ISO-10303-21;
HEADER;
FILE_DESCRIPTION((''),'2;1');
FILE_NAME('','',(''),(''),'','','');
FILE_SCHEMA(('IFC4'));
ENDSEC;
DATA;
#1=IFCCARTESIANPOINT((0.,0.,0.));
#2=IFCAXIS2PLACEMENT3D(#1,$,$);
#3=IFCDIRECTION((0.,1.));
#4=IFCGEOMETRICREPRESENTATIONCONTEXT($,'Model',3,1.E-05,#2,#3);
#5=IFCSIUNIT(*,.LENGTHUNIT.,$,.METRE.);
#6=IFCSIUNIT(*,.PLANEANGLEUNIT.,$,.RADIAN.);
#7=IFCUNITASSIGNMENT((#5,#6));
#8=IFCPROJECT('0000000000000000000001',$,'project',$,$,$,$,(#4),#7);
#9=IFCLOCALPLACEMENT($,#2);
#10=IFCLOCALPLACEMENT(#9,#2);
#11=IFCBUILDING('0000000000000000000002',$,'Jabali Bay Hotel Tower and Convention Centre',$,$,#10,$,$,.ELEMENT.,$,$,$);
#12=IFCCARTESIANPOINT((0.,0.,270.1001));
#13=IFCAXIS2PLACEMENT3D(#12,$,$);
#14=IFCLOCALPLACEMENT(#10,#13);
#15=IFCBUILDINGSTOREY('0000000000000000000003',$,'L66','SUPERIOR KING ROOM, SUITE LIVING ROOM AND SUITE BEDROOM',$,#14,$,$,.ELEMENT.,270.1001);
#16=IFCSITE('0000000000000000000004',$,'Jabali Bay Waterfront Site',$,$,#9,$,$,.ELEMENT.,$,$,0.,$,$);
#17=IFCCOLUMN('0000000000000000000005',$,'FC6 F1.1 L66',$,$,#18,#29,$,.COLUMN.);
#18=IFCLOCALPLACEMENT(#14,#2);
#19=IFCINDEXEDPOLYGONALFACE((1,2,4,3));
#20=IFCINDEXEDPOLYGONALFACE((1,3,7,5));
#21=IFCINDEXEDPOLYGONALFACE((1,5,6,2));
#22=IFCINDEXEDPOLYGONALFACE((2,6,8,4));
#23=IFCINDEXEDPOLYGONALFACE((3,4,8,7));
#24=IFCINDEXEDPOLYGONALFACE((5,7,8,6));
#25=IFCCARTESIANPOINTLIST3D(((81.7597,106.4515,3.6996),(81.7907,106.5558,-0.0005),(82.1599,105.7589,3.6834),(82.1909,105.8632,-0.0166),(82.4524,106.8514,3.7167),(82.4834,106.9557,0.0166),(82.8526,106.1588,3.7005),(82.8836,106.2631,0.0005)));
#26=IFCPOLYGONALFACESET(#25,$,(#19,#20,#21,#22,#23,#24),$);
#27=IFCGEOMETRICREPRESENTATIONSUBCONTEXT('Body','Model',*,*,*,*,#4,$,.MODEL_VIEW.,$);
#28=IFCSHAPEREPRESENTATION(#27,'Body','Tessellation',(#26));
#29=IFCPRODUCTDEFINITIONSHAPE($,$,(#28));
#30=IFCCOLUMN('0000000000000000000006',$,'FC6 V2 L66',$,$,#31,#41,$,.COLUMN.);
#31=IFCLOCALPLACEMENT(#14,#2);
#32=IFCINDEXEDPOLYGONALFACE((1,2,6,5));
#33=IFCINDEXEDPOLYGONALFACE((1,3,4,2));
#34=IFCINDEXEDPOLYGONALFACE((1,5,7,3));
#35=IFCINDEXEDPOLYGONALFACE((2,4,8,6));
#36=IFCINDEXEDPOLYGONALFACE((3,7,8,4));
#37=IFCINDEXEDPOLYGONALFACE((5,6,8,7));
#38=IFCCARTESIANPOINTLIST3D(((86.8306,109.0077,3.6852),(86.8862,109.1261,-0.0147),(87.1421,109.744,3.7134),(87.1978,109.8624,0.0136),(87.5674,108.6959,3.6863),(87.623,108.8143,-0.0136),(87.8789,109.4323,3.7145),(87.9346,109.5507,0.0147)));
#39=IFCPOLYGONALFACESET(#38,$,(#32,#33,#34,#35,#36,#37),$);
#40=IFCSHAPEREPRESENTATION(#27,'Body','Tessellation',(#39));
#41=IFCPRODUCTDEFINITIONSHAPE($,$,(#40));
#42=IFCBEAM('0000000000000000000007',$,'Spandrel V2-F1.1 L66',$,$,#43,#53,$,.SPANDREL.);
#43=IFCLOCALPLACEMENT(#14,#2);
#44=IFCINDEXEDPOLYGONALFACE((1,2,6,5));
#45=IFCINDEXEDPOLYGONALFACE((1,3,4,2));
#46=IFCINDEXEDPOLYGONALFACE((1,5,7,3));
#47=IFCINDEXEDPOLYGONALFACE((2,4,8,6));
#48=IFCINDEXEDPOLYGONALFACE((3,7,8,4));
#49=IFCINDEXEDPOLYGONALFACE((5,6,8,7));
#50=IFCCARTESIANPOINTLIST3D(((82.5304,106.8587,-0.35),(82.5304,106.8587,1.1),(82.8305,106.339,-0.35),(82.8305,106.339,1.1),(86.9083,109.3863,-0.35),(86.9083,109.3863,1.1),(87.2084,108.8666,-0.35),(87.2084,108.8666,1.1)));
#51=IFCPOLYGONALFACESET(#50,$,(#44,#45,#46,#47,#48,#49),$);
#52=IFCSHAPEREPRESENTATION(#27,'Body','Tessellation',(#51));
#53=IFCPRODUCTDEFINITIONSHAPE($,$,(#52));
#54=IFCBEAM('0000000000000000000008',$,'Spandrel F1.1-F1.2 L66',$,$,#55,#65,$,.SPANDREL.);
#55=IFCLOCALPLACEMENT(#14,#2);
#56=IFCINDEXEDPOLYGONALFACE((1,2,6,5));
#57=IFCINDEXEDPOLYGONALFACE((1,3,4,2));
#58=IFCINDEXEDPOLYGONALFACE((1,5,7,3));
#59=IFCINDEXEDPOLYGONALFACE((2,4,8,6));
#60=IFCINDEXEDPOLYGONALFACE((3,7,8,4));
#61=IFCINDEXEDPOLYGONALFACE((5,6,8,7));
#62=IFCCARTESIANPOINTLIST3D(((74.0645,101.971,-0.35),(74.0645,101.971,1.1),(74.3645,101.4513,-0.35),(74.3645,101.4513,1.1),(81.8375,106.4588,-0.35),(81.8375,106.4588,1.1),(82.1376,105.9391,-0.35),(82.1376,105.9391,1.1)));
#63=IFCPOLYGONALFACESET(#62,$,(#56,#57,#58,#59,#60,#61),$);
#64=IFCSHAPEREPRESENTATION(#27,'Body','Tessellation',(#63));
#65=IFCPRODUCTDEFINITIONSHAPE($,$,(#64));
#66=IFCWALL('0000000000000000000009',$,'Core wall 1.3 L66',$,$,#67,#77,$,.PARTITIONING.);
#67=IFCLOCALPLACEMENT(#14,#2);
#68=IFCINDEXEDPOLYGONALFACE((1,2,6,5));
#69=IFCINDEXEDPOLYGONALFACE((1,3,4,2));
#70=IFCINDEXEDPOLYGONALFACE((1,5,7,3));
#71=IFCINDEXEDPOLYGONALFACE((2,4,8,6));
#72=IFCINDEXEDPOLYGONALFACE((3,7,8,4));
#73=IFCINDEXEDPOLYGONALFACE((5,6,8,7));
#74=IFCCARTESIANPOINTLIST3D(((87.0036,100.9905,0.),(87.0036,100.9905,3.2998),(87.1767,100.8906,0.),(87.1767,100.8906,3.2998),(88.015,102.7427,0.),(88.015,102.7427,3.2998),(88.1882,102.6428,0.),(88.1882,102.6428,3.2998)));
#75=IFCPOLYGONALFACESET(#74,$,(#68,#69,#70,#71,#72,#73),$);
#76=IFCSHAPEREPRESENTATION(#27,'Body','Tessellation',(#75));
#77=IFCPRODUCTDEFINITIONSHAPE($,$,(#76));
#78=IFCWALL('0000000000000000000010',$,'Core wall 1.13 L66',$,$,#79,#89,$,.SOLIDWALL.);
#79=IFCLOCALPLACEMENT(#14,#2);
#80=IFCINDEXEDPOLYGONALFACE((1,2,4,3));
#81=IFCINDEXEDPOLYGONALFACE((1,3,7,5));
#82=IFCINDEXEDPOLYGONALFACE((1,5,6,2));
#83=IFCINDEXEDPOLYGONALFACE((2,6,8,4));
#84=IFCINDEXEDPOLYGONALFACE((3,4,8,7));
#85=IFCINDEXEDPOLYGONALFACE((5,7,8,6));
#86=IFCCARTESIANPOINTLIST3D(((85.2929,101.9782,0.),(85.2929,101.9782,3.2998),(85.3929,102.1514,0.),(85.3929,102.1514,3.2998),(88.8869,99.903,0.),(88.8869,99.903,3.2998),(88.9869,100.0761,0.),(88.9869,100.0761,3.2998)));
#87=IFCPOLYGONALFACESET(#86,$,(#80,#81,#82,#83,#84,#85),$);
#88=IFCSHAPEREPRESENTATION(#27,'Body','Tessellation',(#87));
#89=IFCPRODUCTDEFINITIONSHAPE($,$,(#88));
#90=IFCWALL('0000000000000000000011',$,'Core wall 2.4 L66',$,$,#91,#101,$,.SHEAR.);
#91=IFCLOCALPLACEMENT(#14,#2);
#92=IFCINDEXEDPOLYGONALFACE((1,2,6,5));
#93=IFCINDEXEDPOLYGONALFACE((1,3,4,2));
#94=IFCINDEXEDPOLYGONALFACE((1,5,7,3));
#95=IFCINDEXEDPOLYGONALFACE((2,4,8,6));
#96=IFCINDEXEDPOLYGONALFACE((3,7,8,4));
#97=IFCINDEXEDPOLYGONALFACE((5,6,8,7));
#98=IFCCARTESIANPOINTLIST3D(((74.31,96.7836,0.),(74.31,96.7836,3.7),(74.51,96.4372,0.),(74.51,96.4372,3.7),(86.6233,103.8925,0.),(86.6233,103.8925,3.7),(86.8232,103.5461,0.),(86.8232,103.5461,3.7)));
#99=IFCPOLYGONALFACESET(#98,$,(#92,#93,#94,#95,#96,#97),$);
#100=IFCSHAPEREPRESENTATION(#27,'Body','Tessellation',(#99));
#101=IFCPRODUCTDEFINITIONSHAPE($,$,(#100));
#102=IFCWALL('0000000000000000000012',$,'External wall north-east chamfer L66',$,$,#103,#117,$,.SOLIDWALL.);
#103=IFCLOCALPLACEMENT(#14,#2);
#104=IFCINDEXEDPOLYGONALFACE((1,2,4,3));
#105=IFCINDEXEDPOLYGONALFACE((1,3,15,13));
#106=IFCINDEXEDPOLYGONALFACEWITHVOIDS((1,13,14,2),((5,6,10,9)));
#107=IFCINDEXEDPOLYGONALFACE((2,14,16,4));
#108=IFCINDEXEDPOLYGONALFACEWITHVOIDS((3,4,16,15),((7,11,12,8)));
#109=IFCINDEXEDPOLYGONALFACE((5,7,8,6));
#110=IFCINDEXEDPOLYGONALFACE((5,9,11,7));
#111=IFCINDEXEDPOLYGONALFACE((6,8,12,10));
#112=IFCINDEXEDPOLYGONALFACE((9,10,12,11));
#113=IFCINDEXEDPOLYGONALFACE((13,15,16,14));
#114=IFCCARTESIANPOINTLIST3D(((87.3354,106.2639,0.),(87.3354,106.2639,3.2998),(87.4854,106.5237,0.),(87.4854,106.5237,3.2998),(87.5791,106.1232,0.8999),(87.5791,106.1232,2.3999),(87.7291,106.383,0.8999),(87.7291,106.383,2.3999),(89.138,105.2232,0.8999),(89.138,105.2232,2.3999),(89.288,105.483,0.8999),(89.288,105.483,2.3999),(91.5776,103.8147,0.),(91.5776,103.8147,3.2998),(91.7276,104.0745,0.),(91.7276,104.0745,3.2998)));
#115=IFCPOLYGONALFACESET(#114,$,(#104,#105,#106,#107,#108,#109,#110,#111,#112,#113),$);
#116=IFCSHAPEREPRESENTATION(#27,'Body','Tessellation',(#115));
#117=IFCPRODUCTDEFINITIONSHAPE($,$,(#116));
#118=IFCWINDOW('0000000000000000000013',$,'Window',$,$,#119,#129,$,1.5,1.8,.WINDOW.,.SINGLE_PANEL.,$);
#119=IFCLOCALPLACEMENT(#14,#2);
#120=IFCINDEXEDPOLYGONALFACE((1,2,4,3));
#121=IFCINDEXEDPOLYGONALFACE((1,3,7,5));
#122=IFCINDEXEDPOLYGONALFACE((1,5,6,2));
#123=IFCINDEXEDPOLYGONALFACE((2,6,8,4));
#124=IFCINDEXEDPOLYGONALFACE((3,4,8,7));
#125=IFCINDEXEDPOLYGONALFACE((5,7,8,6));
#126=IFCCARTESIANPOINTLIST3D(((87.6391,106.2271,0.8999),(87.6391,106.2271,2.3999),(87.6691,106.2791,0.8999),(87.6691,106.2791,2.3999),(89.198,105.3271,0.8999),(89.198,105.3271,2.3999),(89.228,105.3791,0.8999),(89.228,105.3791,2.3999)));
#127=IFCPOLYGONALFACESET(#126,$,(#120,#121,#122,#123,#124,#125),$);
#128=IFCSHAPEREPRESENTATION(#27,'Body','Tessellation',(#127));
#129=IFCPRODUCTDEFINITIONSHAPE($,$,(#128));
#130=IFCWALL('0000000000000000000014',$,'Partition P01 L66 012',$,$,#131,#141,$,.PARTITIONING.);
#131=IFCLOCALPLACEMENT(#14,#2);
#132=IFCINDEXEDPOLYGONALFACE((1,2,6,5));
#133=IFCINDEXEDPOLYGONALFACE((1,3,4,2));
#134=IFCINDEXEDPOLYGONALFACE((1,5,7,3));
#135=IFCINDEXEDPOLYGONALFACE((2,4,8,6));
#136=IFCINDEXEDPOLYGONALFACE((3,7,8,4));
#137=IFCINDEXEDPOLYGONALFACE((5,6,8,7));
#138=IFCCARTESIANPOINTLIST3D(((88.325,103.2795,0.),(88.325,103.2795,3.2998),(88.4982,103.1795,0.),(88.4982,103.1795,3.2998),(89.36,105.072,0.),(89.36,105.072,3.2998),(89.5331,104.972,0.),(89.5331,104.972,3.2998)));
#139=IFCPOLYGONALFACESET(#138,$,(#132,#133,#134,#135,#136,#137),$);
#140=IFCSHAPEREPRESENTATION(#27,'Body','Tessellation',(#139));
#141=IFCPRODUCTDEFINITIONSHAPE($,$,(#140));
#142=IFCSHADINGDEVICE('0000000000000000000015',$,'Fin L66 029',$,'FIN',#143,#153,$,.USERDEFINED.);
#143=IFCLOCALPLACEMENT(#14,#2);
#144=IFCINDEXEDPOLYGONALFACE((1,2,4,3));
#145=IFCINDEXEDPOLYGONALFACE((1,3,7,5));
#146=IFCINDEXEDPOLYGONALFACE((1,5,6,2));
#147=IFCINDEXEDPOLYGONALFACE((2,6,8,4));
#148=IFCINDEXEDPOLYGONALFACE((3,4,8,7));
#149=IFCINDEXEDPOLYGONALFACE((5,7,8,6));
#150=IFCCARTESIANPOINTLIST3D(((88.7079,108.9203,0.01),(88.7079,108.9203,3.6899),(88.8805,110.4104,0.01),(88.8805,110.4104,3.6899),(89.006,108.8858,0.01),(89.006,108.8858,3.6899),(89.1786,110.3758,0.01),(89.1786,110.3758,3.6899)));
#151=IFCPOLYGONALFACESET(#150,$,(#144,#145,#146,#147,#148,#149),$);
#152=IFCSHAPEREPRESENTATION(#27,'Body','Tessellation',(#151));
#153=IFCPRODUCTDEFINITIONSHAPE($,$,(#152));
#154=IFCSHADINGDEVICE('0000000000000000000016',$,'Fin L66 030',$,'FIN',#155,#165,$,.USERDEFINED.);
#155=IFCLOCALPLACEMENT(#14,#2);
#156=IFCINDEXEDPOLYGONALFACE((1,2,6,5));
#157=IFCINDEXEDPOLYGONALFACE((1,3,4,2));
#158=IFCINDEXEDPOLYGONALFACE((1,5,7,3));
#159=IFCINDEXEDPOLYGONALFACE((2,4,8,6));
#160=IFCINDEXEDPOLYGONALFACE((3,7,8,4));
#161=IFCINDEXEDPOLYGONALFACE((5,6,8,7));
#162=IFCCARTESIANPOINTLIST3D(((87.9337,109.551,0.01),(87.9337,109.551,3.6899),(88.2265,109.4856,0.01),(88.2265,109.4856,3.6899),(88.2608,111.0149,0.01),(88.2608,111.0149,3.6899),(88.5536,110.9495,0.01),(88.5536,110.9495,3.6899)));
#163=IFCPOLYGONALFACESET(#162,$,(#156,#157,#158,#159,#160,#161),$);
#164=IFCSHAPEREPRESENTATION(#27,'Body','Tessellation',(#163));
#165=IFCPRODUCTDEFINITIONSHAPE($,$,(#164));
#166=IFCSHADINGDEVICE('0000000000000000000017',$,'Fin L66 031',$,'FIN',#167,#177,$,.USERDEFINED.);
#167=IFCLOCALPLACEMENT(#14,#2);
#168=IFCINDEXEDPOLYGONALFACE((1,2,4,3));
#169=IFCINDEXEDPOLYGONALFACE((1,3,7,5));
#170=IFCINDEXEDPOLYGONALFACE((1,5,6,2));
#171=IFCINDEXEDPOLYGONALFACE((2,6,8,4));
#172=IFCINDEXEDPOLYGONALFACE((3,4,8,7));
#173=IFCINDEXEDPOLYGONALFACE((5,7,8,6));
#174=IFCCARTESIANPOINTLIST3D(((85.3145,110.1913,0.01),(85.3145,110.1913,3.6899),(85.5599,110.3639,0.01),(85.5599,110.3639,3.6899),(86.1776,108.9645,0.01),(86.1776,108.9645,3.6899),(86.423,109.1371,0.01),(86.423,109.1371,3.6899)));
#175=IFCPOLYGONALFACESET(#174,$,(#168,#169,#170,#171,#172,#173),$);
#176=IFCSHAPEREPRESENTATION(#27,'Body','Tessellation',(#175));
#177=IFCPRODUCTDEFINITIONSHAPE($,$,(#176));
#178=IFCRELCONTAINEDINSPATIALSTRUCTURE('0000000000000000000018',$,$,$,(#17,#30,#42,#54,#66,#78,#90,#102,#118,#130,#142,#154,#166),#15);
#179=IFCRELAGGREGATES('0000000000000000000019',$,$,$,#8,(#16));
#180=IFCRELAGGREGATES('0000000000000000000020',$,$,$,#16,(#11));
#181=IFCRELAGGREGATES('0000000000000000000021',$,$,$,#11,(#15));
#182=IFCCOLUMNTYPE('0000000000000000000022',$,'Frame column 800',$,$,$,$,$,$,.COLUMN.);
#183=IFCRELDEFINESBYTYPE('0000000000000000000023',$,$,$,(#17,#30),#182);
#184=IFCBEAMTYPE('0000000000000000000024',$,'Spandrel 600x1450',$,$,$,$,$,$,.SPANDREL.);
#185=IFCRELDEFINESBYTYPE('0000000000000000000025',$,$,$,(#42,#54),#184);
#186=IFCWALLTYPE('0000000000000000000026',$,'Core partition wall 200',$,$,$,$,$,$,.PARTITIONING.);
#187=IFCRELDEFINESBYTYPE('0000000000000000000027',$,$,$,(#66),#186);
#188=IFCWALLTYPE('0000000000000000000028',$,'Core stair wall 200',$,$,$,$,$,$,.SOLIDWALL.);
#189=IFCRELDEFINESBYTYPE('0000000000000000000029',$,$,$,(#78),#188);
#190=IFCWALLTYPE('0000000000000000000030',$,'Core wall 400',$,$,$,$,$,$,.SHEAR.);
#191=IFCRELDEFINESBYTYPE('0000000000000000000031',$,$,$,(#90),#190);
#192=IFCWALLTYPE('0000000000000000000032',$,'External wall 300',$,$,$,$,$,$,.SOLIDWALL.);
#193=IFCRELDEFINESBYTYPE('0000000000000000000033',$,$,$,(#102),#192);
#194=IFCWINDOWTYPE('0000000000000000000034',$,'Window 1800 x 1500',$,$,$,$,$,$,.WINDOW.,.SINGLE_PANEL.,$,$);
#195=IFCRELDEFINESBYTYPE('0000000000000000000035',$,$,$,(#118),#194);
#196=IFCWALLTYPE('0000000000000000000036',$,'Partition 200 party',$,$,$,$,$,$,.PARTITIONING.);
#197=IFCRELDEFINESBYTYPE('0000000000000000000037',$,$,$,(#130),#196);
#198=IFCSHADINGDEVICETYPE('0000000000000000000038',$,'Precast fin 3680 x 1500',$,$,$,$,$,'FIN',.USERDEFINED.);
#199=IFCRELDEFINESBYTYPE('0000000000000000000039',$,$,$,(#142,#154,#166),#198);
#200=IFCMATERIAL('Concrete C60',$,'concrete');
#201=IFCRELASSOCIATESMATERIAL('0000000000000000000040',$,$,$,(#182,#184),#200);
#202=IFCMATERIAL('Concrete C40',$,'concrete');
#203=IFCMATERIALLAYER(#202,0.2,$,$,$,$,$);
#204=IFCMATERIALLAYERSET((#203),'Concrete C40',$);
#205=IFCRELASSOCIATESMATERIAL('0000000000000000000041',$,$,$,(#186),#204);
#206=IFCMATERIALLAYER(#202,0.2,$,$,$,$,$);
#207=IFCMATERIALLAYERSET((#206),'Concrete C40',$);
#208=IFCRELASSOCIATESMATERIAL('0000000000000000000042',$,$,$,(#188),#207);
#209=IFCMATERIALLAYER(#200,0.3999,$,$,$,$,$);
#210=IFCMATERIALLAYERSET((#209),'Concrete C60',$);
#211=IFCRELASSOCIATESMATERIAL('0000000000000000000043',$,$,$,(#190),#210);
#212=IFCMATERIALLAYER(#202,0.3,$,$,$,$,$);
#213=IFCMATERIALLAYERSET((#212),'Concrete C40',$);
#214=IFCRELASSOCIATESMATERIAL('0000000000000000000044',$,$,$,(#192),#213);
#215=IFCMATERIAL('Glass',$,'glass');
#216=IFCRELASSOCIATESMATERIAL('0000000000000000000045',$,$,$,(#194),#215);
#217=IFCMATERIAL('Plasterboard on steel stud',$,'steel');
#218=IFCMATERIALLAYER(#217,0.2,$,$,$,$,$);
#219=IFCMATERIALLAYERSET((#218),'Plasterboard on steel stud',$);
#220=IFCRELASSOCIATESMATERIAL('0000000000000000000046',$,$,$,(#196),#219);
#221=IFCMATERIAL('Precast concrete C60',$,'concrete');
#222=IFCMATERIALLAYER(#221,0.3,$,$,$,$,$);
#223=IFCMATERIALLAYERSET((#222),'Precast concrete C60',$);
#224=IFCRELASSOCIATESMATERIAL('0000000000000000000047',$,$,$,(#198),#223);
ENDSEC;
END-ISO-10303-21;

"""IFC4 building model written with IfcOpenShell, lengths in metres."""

from ifc_helpers import new_model, si_unit, direction, frame, frame_2d, origin, origin_2d, place, context, subcontext, project, spatial, rectangle, extrude, material, layer, layer_set, material_profile, profile_set, type_object, element, fill, save


model = new_model("IFC4")

# Units and contexts
model_context = context("Model", 3, precision=1e-05, world=origin(), true_north=direction((0.0, 1.0)))
body_context = subcontext(model_context, "Body", "Model", "MODEL_VIEW")
ifc_project = project(units=[si_unit("LENGTHUNIT", "METRE"), si_unit("PLANEANGLEUNIT", "RADIAN")], contexts=[model_context])

# Site, building, storey
site_placement = place(None, origin())
site = spatial("IfcSite", under=ifc_project, at=site_placement, Name="Jabali Bay Waterfront Site", CompositionType="ELEMENT", RefElevation=0.0)
building_placement = place(site_placement, origin())
building = spatial("IfcBuilding", under=site, at=building_placement, Name="Jabali Bay Hotel Tower and Convention Centre", CompositionType="ELEMENT")
storey_placement = place(building_placement, frame((0.0, 0.0, 270.1001)))
storey = spatial("IfcBuildingStorey", under=building, at=storey_placement, Name="L66", Description="SUPERIOR KING ROOM, SUITE LIVING ROOM AND SUITE BEDROOM", CompositionType="ELEMENT", Elevation=270.1001)

# Columns
ifc_material_1 = material(Name="Concrete C60", Category="concrete")
ifc_material_profile_1 = material_profile(ifc_material_1, rectangle(XDim=0.8, YDim=0.8, at=origin_2d()), Name="Frame column 800")
ifc_profile_set_1 = profile_set([ifc_material_profile_1], Name="Concrete C60")
column_type = type_object("IfcColumnType", Name="Frame column 800", PredefinedType="COLUMN", material=ifc_profile_set_1)
column_1_placement = place(storey_placement, frame((82.3372, 106.4094, 0.0), z_axis=(-0.008376, -0.028163, 0.999568), x_axis=(0.865852, 0.499845, 0.021339)))
element("IfcColumn", 1, at=column_1_placement, inside=storey, type_object=column_type, Name="FC6 F1.1 L66", PredefinedType="COLUMN", context=body_context, shape_type="SweptSolid", body=[
    extrude(rectangle(XDim=0.8, YDim=0.8, at=origin_2d()), origin(), (0.0, 0.0, 1.0), 3.7017),
])
column_2_placement = place(storey_placement, frame((87.4104, 109.3384, 0.0), z_axis=(-0.015035, -0.031983, 0.999375), x_axis=(0.92095, -0.389679, 0.001385)))
element("IfcColumn", 2, at=column_2_placement, inside=storey, type_object=column_type, Name="FC6 V2 L66", PredefinedType="COLUMN", context=body_context, shape_type="SweptSolid", body=[
    extrude(rectangle(XDim=0.8, YDim=0.8, at=origin_2d()), origin(), (0.0, 0.0, 1.0), 3.7021),
])

# Beams
ifc_material_profile_2 = material_profile(ifc_material_1, rectangle(XDim=0.6001, YDim=1.45, at=origin_2d()), Name="Spandrel 600x1450")
ifc_profile_set_2 = profile_set([ifc_material_profile_2], Name="Concrete C60")
beam_type = type_object("IfcBeamType", Name="Spandrel 600x1450", PredefinedType="SPANDREL", material=ifc_profile_set_2)
beam_1_placement = place(storey_placement, frame((87.0583, 109.1265, 0.375), z_axis=(-0.866026, -0.499998, 0.0), x_axis=(0.499998, -0.866026, 0.0)))
element("IfcBeam", 3, at=beam_1_placement, inside=storey, type_object=beam_type, Name="Spandrel V2-F1.1 L66", PredefinedType="SPANDREL", context=body_context, shape_type="SweptSolid", body=[
    extrude(rectangle(XDim=0.6001, YDim=1.45, at=origin_2d()), origin(), (0.0, 0.0, 1.0), 5.0552),
])
beam_2_placement = place(storey_placement, frame((81.9875, 106.199, 0.375), z_axis=(-0.866022, -0.500007, 0.0), x_axis=(0.500007, -0.866022, 0.0)))
element("IfcBeam", 4, at=beam_2_placement, inside=storey, type_object=beam_type, Name="Spandrel F1.1-F1.2 L66", PredefinedType="SPANDREL", context=body_context, shape_type="SweptSolid", body=[
    extrude(rectangle(XDim=0.6001, YDim=1.45, at=origin_2d()), origin(), (0.0, 0.0, 1.0), 8.9756),
])

# Walls
ifc_material_2 = material(Name="Concrete C40", Category="concrete")
ifc_layer_1 = layer(ifc_material_2, 0.2)
ifc_layer_set_1 = layer_set([ifc_layer_1], Name="Concrete C40")
wall_type_1 = type_object("IfcWallType", Name="Core partition wall 200", PredefinedType="PARTITIONING", material=ifc_layer_set_1)
wall_1_placement = place(storey_placement, frame((87.0901, 100.9404, 0.0), z_axis=(0.0, 0.0, 1.0), x_axis=(0.499942, 0.866059, 0.0)))
element("IfcWall", 5, at=wall_1_placement, inside=storey, type_object=wall_type_1, Name="Core wall 1.3 L66", PredefinedType="PARTITIONING", context=body_context, shape_type="SweptSolid", body=[
    extrude(rectangle(XDim=2.0232, YDim=0.2, at=frame_2d((1.0117, 0.0))), origin(), (0.0, 0.0, 1.0), 3.2998),
])
ifc_layer_2 = layer(ifc_material_2, 0.2)
ifc_layer_set_2 = layer_set([ifc_layer_2], Name="Concrete C40")
wall_type_2 = type_object("IfcWallType", Name="Core stair wall 200", PredefinedType="SOLIDWALL", material=ifc_layer_set_2)
wall_2_placement = place(storey_placement, frame((88.937, 99.9895, 0.0), z_axis=(0.0, 0.0, 1.0), x_axis=(-0.866004, 0.500036, 0.0)))
element("IfcWall", 6, at=wall_2_placement, inside=storey, type_object=wall_type_2, Name="Core wall 1.13 L66", PredefinedType="SOLIDWALL", context=body_context, shape_type="SweptSolid", body=[
    extrude(rectangle(XDim=4.1501, YDim=0.2, at=frame_2d((2.0752, 0.0))), origin(), (0.0, 0.0, 1.0), 3.2998),
])
ifc_layer_3 = layer(ifc_material_1, 0.3999)
ifc_layer_set_3 = layer_set([ifc_layer_3], Name="Concrete C60")
wall_type_3 = type_object("IfcWallType", Name="Core wall 400", PredefinedType="SHEAR", material=ifc_layer_set_3)
wall_3_placement = place(storey_placement, frame((86.7231, 103.7192, 0.0), z_axis=(0.0, 0.0, 1.0), x_axis=(-0.86603, -0.499991, 0.0)))
element("IfcWall", 7, at=wall_3_placement, inside=storey, type_object=wall_type_3, Name="Core wall 2.4 L66", PredefinedType="SHEAR", context=body_context, shape_type="SweptSolid", body=[
    extrude(rectangle(XDim=14.218, YDim=0.3999, at=frame_2d((7.1089, 0.0))), origin(), (0.0, 0.0, 1.0), 3.7),
])

# Wall, opening, window
ifc_layer_4 = layer(ifc_material_2, 0.3)
ifc_layer_set_4 = layer_set([ifc_layer_4], Name="Concrete C40")
wall_type_4 = type_object("IfcWallType", Name="External wall 300", PredefinedType="SOLIDWALL", material=ifc_layer_set_4)
wall_4_placement = place(storey_placement, frame((87.4104, 106.3938, 0.0), z_axis=(0.0, 0.0, 1.0), x_axis=(0.866026, -0.499999, 0.0)))
wall_4 = element("IfcWall", 8, at=wall_4_placement, inside=storey, type_object=wall_type_4, Name="External wall north-east chamfer L66", PredefinedType="SOLIDWALL", context=body_context, shape_type="SweptSolid", body=[
    extrude(rectangle(XDim=4.8984, YDim=0.3, at=frame_2d((2.4492, 0.0))), origin(), (0.0, 0.0, 1.0), 3.2998),
])
opening_placement = place(wall_4_placement, frame((0.2815, 0.0, 0.8999)))
opening = element("IfcOpeningElement", 9, at=opening_placement, cuts=wall_4, PredefinedType="OPENING", context=body_context, shape_type="SweptSolid", body=[
    extrude(rectangle(XDim=1.8, YDim=1.5, at=frame_2d((0.8999, 0.75))), frame((0.0, 0.1606, 0.0), z_axis=(0.0, -1.0, 0.0), x_axis=(1.0, 0.0, 0.0)), (0.0, 0.0, 1.0), 0.321),
])
ifc_material_3 = material(Name="Glass", Category="glass")
window_type = type_object("IfcWindowType", Name="Window 1800 x 1500", PartitioningType="SINGLE_PANEL", PredefinedType="WINDOW", material=ifc_material_3)
window_placement = place(opening_placement, origin())
window = element("IfcWindow", 10, at=window_placement, inside=storey, type_object=window_type, Name="Window", OverallHeight=1.5, OverallWidth=1.8, PartitioningType="SINGLE_PANEL", PredefinedType="WINDOW", context=body_context, shape_type="SweptSolid", body=[
    extrude(rectangle(XDim=1.8, YDim=1.5, at=frame_2d((0.8999, 0.75))), frame((0.0, 0.03, 0.0), z_axis=(0.0, -1.0, 0.0), x_axis=(1.0, 0.0, 0.0)), (0.0, 0.0, 1.0), 0.0601),
])
fill(opening, window)

# Wall
ifc_material_4 = material(Name="Plasterboard on steel stud", Category="steel")
ifc_layer_5 = layer(ifc_material_4, 0.2)
ifc_layer_set_5 = layer_set([ifc_layer_5], Name="Plasterboard on steel stud")
wall_type_5 = type_object("IfcWallType", Name="Partition 200 party", PredefinedType="PARTITIONING", material=ifc_layer_set_5)
wall_5_placement = place(storey_placement, frame((89.4465, 105.022, 0.0), z_axis=(0.0, 0.0, 1.0), x_axis=(-0.500008, -0.866021, 0.0)))
element("IfcWall", 11, at=wall_5_placement, inside=storey, type_object=wall_type_5, Name="Partition P01 L66 012", PredefinedType="PARTITIONING", context=body_context, shape_type="SweptSolid", body=[
    extrude(rectangle(XDim=2.0698, YDim=0.2, at=frame_2d((1.0349, 0.0))), origin(), (0.0, 0.0, 1.0), 3.2998),
])

# Shading devices
ifc_material_5 = material(Name="Precast concrete C60", Category="concrete")
ifc_layer_6 = layer(ifc_material_5, 0.3)
ifc_layer_set_6 = layer_set([ifc_layer_6], Name="Precast concrete C60")
shading_device_type = type_object("IfcShadingDeviceType", Name="Precast fin 3680 x 1500", ElementType="FIN", PredefinedType="USERDEFINED", material=ifc_layer_set_6)
for number, where, z_axis, x_axis, name in (
    (12, (88.8569, 108.9031, 0.01), (0.0, 0.0, 1.0), (0.115075, 0.993357, 0.0), "Fin L66 029"),
    (13, (88.0801, 109.5183, 0.01), (0.0, 0.0, 1.0), (0.218102, 0.975926, 0.0), "Fin L66 030"),
    (14, (86.3003, 109.0508, 0.01), (0.0, 0.0, 1.0), (-0.575372, 0.817892, 0.0), "Fin L66 031"),
):
    element("IfcShadingDevice", number, at=place(storey_placement, frame(where, z_axis=z_axis, x_axis=x_axis)), inside=storey, type_object=shading_device_type, Name=name, ObjectType="FIN", PredefinedType="USERDEFINED", context=body_context, shape_type="SweptSolid", body=[
        extrude(rectangle(XDim=1.5, YDim=0.3, at=frame_2d((0.75, 0.0))), origin(), (0.0, 0.0, 1.0), 3.6799),
    ])

save(model, "model.ifc")
